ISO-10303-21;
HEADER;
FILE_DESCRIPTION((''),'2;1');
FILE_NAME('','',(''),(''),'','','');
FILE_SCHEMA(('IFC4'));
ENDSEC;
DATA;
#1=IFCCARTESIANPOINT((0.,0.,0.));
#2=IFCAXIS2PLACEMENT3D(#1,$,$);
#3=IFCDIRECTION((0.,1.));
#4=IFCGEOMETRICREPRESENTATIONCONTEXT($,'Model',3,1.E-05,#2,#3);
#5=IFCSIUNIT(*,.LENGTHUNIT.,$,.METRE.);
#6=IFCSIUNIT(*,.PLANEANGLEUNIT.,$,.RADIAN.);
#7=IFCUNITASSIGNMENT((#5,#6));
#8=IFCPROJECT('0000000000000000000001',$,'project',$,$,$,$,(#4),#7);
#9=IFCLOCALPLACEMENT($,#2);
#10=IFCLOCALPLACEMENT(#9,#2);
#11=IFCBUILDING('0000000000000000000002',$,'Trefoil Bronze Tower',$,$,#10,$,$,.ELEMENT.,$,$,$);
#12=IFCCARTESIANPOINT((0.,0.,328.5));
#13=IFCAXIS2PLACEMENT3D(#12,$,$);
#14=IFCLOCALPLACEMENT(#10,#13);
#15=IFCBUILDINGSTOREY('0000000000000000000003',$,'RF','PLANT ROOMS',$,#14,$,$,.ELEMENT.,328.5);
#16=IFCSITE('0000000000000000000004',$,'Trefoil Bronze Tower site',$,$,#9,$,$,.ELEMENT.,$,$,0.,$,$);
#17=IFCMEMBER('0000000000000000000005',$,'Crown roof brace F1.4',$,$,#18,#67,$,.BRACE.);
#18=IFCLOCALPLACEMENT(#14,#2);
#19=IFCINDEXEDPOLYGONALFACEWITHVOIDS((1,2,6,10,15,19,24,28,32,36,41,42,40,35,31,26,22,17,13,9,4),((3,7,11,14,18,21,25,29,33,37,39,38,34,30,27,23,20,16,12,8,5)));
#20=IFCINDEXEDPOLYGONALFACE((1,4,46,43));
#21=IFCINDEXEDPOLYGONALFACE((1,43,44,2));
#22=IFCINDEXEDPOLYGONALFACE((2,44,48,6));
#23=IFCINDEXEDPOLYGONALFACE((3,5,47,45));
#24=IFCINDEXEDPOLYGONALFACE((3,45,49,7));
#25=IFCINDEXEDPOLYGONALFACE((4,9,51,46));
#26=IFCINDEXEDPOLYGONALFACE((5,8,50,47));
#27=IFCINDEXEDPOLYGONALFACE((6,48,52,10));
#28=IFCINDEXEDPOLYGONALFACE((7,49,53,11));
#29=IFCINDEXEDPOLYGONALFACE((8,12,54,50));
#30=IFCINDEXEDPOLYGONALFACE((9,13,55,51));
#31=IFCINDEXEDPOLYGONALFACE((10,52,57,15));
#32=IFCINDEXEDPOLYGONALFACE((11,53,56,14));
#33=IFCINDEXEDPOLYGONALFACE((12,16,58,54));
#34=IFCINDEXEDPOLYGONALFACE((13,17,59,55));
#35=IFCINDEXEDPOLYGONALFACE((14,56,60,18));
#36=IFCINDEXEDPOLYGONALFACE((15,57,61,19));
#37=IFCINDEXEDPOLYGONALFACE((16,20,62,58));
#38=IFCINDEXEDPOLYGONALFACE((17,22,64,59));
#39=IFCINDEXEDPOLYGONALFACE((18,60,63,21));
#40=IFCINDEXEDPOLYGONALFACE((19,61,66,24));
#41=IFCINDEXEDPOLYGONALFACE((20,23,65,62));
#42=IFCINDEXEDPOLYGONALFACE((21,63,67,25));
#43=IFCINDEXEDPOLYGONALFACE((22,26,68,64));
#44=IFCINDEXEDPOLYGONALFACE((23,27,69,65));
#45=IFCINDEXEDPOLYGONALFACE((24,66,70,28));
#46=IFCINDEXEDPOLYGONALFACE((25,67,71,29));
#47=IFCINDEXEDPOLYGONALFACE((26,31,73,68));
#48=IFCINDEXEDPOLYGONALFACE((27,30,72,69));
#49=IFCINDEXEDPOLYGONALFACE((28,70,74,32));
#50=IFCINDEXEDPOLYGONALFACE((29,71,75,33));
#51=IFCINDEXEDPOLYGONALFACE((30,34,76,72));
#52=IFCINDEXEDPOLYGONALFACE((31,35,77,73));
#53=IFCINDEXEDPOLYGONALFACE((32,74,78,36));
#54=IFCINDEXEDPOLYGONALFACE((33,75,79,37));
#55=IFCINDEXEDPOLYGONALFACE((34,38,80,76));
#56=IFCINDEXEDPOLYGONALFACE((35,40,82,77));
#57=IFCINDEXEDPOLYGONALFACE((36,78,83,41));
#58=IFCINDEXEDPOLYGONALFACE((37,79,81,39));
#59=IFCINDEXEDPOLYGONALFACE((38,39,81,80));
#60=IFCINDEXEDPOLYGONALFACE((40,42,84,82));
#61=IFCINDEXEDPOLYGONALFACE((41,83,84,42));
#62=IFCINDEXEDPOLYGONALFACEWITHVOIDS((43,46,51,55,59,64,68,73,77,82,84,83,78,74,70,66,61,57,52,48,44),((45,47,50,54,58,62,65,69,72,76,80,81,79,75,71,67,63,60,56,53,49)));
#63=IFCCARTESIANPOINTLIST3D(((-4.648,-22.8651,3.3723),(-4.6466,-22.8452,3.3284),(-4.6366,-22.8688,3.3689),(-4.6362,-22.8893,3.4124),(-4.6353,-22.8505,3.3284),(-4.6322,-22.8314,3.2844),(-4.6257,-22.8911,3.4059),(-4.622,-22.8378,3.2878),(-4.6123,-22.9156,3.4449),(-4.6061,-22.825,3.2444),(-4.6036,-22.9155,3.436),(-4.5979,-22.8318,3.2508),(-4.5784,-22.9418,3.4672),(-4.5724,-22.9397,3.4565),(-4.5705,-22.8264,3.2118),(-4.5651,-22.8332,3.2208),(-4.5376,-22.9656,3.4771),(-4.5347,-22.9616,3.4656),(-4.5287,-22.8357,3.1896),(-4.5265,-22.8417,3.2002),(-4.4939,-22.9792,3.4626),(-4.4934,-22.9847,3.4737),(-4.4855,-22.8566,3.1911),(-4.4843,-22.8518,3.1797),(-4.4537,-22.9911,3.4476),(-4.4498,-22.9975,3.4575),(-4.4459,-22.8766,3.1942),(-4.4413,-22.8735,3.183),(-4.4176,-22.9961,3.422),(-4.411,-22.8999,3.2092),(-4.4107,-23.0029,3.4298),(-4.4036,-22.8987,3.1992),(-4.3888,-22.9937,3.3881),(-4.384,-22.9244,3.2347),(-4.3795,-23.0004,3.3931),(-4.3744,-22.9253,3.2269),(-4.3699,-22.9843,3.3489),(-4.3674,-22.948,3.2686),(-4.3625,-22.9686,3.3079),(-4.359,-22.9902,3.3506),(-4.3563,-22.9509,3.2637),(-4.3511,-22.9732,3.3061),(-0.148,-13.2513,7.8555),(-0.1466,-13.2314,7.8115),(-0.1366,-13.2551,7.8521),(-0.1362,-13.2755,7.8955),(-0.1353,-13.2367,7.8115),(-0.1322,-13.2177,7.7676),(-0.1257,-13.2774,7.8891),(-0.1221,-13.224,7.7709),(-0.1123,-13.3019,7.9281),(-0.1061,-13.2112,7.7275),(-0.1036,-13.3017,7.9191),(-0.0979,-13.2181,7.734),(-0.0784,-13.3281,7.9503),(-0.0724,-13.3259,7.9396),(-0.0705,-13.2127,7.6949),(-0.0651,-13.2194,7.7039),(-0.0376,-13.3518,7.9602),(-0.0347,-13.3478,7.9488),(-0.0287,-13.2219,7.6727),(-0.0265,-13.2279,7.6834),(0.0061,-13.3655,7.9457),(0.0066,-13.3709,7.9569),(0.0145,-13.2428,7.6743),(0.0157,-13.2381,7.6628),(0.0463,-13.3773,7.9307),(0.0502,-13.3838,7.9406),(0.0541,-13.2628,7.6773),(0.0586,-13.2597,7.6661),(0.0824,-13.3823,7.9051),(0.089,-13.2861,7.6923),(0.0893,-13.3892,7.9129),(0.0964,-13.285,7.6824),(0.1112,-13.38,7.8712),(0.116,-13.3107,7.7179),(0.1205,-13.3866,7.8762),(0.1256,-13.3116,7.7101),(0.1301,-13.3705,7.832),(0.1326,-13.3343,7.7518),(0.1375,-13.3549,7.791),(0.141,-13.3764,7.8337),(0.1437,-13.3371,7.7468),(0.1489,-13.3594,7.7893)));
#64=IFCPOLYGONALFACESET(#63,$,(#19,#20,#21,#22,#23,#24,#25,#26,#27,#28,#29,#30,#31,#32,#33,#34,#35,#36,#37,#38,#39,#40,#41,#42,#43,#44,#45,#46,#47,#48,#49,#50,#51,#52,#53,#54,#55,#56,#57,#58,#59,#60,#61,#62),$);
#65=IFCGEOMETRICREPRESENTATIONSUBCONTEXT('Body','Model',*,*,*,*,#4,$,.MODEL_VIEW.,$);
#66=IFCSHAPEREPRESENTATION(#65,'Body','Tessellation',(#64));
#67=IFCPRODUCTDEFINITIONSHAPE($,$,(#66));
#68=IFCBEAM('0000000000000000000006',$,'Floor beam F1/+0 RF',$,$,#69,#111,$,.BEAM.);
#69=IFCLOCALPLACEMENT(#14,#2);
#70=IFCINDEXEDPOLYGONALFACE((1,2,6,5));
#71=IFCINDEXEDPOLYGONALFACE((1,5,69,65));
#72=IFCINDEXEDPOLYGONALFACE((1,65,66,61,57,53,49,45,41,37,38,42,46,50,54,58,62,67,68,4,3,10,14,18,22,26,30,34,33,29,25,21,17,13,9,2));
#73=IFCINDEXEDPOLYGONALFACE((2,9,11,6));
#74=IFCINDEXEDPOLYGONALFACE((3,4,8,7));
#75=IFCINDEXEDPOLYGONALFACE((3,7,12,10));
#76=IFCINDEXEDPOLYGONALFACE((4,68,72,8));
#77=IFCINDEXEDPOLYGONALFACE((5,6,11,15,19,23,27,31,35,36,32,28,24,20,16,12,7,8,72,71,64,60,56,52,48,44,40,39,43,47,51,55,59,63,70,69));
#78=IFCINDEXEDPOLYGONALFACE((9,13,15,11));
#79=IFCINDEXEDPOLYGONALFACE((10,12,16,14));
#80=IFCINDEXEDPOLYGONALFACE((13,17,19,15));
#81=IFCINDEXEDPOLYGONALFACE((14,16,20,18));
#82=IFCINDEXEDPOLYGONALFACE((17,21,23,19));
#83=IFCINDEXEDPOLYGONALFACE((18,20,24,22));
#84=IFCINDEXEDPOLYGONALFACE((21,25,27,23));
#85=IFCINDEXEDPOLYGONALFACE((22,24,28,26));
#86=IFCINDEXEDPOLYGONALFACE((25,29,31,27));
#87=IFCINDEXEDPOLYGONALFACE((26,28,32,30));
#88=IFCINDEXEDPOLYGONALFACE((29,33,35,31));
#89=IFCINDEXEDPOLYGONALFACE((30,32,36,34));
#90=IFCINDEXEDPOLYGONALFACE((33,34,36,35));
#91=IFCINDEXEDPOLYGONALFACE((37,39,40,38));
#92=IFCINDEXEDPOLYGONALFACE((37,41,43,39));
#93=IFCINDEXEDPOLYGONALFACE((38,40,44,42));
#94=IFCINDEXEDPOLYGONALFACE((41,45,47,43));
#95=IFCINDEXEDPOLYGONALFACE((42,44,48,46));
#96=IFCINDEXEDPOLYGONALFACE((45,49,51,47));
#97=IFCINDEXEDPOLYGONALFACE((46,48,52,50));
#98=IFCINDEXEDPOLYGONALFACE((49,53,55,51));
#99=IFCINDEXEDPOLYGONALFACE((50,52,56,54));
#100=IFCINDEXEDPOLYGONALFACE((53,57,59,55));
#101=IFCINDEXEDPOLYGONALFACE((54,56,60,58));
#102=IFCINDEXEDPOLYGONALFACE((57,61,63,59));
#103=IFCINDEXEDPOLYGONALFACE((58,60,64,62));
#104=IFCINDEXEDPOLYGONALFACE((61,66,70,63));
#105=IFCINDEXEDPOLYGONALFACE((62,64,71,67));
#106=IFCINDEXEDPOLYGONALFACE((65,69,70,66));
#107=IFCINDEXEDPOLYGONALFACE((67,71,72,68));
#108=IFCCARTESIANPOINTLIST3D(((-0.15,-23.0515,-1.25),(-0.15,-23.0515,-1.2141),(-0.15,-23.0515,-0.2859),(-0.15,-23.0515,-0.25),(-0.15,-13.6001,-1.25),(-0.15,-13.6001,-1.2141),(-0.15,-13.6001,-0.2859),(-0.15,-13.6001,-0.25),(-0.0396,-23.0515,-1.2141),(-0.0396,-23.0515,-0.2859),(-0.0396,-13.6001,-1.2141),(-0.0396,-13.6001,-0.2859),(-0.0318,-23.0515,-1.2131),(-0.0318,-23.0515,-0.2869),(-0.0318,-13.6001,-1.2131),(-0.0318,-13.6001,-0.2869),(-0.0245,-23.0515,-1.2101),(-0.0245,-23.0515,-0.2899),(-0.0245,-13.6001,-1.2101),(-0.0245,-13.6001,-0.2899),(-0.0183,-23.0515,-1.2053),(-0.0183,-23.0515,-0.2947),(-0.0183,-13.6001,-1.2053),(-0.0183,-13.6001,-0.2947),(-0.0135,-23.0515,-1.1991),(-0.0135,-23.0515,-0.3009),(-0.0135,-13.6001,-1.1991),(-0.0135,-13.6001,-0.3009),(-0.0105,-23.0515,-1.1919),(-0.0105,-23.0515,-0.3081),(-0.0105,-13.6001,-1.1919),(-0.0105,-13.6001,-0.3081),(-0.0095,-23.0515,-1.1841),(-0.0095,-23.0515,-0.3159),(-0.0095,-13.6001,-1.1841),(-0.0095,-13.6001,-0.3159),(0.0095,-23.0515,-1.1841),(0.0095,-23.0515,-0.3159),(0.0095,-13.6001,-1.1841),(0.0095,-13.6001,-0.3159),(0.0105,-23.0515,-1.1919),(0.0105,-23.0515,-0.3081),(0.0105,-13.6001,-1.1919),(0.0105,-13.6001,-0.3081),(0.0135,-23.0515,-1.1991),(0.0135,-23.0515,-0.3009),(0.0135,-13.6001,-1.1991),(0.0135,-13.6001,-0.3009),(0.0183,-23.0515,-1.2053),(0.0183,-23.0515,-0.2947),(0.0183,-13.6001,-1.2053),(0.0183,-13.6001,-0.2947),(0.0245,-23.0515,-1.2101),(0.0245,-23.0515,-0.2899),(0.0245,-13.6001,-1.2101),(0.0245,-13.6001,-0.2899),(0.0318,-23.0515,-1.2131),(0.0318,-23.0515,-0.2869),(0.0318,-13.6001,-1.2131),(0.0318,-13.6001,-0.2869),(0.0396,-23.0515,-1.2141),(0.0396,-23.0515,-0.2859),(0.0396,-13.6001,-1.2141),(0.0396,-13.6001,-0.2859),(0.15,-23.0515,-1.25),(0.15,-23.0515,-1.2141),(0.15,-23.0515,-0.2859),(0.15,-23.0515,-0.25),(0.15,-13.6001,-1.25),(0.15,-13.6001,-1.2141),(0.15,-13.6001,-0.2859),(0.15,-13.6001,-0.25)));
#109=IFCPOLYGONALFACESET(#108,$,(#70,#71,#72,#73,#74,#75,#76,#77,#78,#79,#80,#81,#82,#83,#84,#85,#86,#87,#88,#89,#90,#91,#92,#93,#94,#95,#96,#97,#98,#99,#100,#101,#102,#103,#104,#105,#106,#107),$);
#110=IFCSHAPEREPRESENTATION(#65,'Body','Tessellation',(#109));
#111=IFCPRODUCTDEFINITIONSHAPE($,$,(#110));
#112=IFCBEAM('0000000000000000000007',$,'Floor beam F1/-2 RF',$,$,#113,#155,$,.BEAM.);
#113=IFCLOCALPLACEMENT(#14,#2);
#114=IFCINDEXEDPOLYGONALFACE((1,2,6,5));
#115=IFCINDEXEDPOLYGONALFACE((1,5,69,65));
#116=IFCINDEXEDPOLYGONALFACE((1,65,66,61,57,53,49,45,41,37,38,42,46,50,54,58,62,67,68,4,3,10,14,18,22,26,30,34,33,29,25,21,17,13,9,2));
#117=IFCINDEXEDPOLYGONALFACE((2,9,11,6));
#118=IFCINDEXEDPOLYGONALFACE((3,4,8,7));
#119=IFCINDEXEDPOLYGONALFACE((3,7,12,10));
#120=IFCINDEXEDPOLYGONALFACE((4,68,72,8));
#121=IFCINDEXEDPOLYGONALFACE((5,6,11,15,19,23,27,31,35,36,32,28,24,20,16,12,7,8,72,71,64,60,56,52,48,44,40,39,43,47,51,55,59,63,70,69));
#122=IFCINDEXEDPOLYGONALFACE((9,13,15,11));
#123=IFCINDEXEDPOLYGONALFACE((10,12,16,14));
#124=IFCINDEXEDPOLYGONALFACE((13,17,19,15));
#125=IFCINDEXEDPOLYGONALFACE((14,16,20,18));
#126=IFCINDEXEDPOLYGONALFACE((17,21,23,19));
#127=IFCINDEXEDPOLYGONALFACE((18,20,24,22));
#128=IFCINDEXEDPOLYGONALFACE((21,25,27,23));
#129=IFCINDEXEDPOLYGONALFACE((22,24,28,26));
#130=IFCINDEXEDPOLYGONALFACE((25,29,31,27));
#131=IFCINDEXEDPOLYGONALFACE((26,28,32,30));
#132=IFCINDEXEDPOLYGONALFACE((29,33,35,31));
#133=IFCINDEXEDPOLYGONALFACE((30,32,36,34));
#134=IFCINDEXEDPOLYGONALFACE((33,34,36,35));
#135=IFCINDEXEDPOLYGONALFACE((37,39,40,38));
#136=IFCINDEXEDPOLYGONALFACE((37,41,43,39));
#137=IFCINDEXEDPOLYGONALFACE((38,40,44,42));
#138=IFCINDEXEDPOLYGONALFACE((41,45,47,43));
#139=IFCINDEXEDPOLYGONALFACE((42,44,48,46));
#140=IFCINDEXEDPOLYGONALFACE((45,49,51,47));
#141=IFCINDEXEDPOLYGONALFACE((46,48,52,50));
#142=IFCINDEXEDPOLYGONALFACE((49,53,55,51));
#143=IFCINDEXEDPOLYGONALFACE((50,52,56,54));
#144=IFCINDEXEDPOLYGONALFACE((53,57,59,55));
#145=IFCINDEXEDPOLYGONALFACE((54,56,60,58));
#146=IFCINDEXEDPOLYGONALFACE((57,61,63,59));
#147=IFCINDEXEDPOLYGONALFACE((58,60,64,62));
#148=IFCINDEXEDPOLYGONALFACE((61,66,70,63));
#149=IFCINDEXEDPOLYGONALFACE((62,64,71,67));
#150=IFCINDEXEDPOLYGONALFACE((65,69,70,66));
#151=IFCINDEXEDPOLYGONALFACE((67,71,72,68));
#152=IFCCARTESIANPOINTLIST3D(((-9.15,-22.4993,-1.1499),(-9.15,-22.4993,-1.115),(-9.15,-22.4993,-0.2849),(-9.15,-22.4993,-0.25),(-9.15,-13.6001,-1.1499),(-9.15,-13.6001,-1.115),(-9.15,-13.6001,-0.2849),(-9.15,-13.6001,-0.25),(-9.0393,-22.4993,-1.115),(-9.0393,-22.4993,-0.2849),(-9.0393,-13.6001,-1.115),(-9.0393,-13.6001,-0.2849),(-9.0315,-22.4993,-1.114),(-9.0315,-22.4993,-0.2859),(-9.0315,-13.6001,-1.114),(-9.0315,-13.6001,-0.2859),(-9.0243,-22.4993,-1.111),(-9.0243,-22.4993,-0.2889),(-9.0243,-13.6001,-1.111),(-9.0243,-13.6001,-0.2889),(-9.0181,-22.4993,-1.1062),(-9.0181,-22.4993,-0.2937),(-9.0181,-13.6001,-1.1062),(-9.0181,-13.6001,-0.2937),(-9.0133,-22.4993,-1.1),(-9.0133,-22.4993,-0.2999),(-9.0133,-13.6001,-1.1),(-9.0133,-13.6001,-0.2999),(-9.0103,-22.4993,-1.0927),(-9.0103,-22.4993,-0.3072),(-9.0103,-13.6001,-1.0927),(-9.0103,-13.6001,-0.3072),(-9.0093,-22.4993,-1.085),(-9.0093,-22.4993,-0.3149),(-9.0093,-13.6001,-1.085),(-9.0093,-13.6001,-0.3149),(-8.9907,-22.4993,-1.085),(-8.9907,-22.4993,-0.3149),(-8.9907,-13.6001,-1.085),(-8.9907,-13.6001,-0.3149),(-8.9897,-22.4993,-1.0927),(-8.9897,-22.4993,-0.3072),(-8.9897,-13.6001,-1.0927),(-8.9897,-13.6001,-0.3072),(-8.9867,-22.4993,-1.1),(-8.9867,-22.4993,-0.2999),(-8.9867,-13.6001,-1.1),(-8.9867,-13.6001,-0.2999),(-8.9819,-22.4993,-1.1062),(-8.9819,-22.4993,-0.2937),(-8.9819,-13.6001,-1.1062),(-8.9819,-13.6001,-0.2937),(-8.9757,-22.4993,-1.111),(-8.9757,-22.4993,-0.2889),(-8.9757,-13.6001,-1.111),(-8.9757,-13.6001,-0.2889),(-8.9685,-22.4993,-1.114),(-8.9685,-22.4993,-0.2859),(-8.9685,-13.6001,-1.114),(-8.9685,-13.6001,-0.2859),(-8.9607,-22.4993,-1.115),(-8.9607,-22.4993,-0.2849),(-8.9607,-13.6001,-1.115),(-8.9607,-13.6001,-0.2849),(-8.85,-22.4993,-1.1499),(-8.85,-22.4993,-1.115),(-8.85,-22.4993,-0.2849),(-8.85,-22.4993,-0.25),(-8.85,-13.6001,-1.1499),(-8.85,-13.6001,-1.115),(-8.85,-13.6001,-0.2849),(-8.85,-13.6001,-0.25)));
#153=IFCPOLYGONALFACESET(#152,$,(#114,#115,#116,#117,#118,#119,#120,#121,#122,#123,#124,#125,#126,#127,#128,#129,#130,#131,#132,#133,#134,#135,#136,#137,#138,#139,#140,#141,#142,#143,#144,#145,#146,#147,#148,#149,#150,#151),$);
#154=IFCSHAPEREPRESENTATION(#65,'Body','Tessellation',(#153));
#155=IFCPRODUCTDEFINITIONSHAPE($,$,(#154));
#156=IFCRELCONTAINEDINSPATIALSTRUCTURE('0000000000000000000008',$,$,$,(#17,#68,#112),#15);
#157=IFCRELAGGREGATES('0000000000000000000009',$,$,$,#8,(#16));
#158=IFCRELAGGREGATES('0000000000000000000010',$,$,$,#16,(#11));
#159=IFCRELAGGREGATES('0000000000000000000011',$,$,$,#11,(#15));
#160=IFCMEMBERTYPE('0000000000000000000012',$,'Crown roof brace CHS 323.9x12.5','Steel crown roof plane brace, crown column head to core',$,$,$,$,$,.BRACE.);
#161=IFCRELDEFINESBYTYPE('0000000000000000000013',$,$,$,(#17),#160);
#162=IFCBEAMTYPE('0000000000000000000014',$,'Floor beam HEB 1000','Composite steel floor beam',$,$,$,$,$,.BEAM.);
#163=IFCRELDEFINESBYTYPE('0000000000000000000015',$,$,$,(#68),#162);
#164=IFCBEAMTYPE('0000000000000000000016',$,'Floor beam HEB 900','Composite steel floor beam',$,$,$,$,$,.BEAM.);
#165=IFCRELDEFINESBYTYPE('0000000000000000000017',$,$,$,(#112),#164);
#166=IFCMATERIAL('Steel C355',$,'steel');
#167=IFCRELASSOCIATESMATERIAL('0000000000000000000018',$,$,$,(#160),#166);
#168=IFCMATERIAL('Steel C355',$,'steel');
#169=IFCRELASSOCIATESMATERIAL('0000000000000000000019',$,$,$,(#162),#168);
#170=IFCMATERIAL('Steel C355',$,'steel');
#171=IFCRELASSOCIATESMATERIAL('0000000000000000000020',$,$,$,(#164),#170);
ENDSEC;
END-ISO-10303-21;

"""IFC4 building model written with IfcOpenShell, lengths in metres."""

from ifc_helpers import new_model, si_unit, direction, frame, origin, origin_2d, place, context, subcontext, project, spatial, hollow_circle, i_section, extrude, material, material_profile, profile_set, type_object, element, save


model = new_model("IFC4")

# Units and contexts
model_context = context("Model", 3, precision=1e-05, world=origin(), true_north=direction((0.0, 1.0)))
body_context = subcontext(model_context, "Body", "Model", "MODEL_VIEW")
ifc_project = project(units=[si_unit("LENGTHUNIT", "METRE"), si_unit("PLANEANGLEUNIT", "RADIAN")], contexts=[model_context])

# Site, building, storey
site_placement = place(None, origin())
site = spatial("IfcSite", under=ifc_project, at=site_placement, Name="Trefoil Bronze Tower site", CompositionType="ELEMENT", RefElevation=0.0)
building_placement = place(site_placement, origin())
building = spatial("IfcBuilding", under=site, at=building_placement, Name="Trefoil Bronze Tower", CompositionType="ELEMENT")
storey_placement = place(building_placement, frame((0.0, 0.0, 328.5)))
storey = spatial("IfcBuildingStorey", under=building, at=storey_placement, Name="RF", Description="PLANT ROOMS", CompositionType="ELEMENT", Elevation=328.5)

# Member
ifc_material_1 = material(Name="Steel C355", Category="steel")
ifc_material_profile_1 = material_profile(ifc_material_1, hollow_circle(Radius=0.1619, WallThickness=0.0125, at=origin_2d()), Name="CHS 323.9x12.5")
ifc_profile_set_1 = profile_set([ifc_material_profile_1], Name="Steel C355")
member_type = type_object("IfcMemberType", Name="Crown roof brace CHS 323.9x12.5", Description="Steel crown roof plane brace, crown column head to core", PredefinedType="BRACE", material=ifc_profile_set_1)
member_placement = place(storey_placement, frame((-4.5, -22.9138, 3.3284), z_axis=(0.390533, 0.834331, 0.389071), x_axis=(-0.905692, 0.423935, 0.0)))
element("IfcMember", 1, at=member_placement, inside=storey, type_object=member_type, Name="Crown roof brace F1.4", PredefinedType="BRACE", context=body_context, shape_type="SweptSolid", body=[
    extrude(hollow_circle(Radius=0.1619, WallThickness=0.0125, at=origin_2d()), origin(), (0.0, 0.0, 1.0), 11.5227),
])

# Beams
ifc_material_2 = material(Name="Steel C355", Category="steel")
ifc_material_profile_2 = material_profile(ifc_material_2, i_section(OverallWidth=0.3, OverallDepth=1.0, WebThickness=0.019, FlangeThickness=0.0359, FilletRadius=0.03, at=origin_2d()), Name="HEB 1000")
ifc_profile_set_2 = profile_set([ifc_material_profile_2], Name="Steel C355")
beam_type_1 = type_object("IfcBeamType", Name="Floor beam HEB 1000", Description="Composite steel floor beam", PredefinedType="BEAM", material=ifc_profile_set_2)
beam_1_placement = place(storey_placement, frame((0.0, -23.0515, -0.75), z_axis=(0.0, 1.0, 0.0), x_axis=(-1.0, 0.0, 0.0)))
element("IfcBeam", 2, at=beam_1_placement, inside=storey, type_object=beam_type_1, Name="Floor beam F1/+0 RF", PredefinedType="BEAM", context=body_context, shape_type="SweptSolid", body=[
    extrude(i_section(OverallWidth=0.3, OverallDepth=1.0, WebThickness=0.019, FlangeThickness=0.0359, FilletRadius=0.03, at=origin_2d()), origin(), (0.0, 0.0, 1.0), 9.4514),
])
ifc_material_3 = material(Name="Steel C355", Category="steel")
ifc_material_profile_3 = material_profile(ifc_material_3, i_section(OverallWidth=0.3, OverallDepth=0.8999, WebThickness=0.0186, FlangeThickness=0.0349, FilletRadius=0.03, at=origin_2d()), Name="HEB 900")
ifc_profile_set_3 = profile_set([ifc_material_profile_3], Name="Steel C355")
beam_type_2 = type_object("IfcBeamType", Name="Floor beam HEB 900", Description="Composite steel floor beam", PredefinedType="BEAM", material=ifc_profile_set_3)
beam_2_placement = place(storey_placement, frame((-9.0, -22.4993, -0.7), z_axis=(0.0, 1.0, 0.0), x_axis=(-1.0, 0.0, 0.0)))
element("IfcBeam", 3, at=beam_2_placement, inside=storey, type_object=beam_type_2, Name="Floor beam F1/-2 RF", PredefinedType="BEAM", context=body_context, shape_type="SweptSolid", body=[
    extrude(i_section(OverallWidth=0.3, OverallDepth=0.8999, WebThickness=0.0186, FlangeThickness=0.0349, FilletRadius=0.03, at=origin_2d()), origin(), (0.0, 0.0, 1.0), 8.8992),
])

save(model, "model.ifc")
